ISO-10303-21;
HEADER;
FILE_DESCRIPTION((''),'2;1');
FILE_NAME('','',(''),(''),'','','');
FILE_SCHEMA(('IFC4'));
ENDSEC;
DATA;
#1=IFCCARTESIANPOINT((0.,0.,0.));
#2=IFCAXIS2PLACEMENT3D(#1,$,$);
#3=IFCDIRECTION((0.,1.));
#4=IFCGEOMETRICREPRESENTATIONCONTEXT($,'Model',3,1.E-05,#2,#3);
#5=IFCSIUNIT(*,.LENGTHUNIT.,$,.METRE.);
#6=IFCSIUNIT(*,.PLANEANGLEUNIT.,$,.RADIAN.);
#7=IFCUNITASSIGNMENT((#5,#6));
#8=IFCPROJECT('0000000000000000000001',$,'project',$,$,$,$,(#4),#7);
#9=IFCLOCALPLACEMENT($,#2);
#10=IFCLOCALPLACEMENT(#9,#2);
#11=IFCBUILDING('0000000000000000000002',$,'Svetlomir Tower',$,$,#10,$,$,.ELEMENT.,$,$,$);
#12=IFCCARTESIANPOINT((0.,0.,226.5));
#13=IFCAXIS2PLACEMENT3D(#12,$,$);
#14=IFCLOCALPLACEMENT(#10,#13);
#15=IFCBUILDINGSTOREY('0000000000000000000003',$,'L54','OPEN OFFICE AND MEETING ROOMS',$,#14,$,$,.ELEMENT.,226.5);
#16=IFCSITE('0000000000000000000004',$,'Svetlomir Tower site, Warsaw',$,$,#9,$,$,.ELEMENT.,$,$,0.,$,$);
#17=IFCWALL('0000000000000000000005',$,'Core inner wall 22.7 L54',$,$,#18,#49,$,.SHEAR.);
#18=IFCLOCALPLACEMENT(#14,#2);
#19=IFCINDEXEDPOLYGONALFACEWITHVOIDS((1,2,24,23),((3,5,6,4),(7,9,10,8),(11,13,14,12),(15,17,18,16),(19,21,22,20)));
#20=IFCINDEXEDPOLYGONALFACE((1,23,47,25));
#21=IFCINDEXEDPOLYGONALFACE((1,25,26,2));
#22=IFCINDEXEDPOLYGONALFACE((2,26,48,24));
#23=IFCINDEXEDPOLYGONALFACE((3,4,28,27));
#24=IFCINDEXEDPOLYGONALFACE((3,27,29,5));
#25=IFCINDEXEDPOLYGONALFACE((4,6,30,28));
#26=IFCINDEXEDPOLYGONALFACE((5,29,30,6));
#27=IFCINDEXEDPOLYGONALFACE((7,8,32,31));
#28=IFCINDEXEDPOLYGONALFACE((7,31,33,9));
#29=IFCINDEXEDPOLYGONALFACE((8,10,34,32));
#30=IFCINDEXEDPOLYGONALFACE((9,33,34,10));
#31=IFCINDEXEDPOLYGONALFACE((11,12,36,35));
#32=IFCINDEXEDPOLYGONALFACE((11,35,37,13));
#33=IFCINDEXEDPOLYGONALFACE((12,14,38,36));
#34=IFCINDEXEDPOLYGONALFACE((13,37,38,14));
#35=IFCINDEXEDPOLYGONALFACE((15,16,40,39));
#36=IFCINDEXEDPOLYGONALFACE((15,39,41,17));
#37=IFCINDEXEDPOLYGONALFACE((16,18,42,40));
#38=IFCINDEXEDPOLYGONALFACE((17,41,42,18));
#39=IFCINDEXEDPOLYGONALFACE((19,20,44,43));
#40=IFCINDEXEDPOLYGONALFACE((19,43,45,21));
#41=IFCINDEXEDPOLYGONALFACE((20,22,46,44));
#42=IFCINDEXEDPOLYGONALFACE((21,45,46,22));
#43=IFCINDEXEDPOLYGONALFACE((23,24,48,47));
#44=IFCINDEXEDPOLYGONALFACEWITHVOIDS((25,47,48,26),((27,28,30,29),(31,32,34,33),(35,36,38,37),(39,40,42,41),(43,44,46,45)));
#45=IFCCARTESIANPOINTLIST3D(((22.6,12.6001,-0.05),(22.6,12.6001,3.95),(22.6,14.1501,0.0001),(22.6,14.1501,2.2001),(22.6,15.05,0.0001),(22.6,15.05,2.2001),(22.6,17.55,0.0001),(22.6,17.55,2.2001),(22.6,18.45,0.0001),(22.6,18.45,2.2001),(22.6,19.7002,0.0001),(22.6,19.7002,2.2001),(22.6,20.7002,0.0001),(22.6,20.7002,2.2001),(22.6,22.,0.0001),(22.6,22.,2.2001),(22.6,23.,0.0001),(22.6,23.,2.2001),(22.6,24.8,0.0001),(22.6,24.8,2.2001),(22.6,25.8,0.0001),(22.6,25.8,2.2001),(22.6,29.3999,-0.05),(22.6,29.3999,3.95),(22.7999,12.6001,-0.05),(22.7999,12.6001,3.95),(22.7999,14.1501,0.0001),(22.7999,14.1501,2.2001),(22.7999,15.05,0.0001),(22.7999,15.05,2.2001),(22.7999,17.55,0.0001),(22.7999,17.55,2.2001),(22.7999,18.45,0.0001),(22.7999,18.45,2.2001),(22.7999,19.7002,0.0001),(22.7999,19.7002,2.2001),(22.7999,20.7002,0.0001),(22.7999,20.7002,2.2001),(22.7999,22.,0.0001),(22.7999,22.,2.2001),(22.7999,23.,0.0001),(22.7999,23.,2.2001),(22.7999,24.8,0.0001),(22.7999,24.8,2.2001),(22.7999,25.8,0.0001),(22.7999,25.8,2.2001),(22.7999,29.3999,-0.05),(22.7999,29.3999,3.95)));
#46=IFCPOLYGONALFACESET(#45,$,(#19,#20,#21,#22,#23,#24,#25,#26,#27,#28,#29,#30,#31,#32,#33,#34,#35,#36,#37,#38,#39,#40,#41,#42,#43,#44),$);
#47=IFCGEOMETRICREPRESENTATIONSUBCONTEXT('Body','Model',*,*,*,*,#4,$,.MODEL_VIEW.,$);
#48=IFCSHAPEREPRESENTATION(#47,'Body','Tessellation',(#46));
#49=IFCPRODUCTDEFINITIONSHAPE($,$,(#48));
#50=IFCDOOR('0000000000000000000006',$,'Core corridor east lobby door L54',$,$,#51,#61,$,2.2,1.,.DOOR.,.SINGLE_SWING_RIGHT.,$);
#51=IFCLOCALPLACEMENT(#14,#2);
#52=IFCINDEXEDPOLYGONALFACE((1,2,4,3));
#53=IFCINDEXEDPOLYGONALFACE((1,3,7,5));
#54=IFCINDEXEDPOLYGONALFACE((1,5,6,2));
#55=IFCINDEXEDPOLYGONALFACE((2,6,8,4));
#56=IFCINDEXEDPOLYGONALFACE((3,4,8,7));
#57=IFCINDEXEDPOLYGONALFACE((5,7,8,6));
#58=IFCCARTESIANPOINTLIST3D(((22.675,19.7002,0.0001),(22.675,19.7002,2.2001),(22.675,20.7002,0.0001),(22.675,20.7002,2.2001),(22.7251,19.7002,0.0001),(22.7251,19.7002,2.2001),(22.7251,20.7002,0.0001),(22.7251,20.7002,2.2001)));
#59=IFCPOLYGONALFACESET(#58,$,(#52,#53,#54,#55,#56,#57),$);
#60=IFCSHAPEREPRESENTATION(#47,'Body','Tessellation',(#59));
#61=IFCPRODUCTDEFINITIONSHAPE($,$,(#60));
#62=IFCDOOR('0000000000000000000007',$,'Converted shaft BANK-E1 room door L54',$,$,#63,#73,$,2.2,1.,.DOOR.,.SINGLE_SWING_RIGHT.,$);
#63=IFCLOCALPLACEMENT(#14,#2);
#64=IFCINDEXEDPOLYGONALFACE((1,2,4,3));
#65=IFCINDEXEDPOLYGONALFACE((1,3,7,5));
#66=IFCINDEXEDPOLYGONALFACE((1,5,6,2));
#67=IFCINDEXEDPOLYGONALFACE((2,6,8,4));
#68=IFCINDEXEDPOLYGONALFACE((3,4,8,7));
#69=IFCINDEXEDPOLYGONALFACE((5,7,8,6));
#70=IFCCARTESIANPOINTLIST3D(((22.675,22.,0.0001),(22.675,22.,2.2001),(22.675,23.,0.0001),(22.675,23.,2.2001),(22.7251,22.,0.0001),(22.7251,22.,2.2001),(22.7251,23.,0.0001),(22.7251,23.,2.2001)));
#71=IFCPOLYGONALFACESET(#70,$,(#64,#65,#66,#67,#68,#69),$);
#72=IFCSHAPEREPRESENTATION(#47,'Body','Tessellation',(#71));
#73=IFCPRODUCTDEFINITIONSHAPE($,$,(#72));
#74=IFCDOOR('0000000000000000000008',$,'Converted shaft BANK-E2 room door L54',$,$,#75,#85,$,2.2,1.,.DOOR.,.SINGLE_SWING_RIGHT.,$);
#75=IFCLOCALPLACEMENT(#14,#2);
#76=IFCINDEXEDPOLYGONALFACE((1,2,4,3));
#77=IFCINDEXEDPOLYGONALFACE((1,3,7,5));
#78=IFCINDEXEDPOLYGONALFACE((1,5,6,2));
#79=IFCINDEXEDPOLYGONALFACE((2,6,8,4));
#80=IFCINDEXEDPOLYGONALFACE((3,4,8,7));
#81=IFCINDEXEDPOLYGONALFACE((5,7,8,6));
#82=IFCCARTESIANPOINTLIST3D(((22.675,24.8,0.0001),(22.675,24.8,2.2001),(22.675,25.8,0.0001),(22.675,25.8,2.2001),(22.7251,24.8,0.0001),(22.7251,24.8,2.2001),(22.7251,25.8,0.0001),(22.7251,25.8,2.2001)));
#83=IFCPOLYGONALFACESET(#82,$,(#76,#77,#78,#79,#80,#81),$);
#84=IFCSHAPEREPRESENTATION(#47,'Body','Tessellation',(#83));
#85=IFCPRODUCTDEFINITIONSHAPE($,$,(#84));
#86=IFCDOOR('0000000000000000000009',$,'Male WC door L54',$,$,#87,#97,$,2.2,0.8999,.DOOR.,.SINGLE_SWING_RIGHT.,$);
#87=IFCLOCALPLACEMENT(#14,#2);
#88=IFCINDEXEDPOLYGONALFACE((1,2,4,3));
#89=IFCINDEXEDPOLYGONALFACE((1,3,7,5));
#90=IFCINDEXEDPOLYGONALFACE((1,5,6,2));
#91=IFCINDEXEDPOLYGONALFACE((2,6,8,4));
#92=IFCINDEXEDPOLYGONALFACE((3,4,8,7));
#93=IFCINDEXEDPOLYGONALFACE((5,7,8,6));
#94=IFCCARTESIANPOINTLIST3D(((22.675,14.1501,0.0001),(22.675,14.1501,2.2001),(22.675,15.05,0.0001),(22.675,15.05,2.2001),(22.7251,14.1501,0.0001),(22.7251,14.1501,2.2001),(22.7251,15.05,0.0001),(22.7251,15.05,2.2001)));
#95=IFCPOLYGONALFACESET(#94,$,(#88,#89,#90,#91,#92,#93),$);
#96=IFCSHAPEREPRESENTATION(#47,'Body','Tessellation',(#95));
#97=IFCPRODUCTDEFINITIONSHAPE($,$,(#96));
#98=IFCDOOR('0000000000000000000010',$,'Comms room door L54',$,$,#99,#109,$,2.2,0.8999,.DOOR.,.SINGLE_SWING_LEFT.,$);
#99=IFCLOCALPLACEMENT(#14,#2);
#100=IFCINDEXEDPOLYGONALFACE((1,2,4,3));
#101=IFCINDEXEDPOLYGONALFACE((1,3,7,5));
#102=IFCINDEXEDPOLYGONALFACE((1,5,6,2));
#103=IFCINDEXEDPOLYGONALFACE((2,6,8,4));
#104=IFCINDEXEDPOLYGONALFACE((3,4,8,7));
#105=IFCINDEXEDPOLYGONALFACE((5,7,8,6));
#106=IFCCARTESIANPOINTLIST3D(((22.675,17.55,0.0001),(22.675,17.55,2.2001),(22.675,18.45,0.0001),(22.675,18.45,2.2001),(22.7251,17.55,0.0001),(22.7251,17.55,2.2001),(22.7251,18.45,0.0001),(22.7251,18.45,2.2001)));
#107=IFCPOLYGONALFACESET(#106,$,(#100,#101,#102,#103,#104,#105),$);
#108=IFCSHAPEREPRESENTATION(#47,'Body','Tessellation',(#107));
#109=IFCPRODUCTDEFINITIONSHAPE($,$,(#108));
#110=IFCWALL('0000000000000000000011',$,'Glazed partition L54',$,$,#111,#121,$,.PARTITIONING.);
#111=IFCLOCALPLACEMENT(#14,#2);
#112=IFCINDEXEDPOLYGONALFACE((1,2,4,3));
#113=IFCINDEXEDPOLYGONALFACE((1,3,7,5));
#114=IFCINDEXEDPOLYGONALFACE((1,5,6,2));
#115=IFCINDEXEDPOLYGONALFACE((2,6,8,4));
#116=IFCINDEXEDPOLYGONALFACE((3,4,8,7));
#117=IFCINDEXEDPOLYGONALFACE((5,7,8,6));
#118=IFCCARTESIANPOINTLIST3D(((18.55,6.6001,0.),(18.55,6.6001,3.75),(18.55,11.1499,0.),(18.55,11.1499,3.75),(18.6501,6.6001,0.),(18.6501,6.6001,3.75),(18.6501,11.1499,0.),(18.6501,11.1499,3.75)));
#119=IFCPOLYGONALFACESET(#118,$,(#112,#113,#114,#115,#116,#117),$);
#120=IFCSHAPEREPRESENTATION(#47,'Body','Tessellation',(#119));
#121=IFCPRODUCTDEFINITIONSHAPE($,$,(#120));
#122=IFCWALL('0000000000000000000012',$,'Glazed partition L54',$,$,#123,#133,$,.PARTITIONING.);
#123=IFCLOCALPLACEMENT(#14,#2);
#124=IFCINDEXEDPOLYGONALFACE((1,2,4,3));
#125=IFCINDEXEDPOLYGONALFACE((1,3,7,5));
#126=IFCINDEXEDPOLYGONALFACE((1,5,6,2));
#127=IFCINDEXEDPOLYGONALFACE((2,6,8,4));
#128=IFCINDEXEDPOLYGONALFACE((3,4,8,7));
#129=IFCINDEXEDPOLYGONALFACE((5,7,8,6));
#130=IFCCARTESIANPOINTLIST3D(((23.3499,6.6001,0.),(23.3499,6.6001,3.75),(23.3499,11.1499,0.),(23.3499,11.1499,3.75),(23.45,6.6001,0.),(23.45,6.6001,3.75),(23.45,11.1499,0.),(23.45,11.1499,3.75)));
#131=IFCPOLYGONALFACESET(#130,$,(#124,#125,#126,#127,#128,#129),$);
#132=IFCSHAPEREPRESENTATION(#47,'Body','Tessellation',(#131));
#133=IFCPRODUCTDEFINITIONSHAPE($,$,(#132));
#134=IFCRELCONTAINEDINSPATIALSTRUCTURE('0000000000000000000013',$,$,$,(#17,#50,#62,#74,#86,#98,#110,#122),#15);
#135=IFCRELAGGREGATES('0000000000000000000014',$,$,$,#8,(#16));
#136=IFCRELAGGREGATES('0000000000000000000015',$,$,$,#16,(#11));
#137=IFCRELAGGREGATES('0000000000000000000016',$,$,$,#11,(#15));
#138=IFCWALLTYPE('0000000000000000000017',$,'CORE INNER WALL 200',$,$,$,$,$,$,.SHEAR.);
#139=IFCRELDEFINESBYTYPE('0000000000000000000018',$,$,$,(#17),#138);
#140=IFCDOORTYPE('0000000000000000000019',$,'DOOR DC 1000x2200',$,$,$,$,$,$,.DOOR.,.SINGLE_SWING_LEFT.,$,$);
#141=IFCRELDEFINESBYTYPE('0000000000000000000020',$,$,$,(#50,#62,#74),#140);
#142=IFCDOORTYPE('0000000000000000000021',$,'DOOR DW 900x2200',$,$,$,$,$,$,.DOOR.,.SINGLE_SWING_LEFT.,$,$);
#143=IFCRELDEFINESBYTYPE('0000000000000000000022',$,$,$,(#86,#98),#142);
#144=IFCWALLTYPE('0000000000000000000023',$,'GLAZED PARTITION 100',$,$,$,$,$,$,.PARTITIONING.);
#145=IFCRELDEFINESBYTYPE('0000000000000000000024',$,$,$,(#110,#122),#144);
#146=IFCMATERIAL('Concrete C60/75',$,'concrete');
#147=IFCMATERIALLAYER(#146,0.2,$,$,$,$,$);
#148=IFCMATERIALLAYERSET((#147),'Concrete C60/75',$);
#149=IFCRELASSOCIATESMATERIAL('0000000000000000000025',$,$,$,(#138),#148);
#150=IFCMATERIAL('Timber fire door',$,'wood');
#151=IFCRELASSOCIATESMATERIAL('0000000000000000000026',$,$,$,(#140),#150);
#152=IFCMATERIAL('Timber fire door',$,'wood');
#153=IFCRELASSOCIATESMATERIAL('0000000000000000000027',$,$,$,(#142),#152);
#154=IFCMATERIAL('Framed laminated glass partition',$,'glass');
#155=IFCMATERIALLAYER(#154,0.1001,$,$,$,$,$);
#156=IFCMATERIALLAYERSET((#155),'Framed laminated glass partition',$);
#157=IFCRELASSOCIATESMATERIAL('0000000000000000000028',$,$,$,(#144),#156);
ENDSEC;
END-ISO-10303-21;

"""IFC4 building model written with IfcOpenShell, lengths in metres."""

from ifc_helpers import new_model, si_unit, direction, frame, frame_2d, origin, place, context, subcontext, project, spatial, rectangle, extrude, material, layer, layer_set, type_object, element, fill, save


model = new_model("IFC4")

# Units and contexts
model_context = context("Model", 3, precision=1e-05, world=origin(), true_north=direction((0.0, 1.0)))
body_context = subcontext(model_context, "Body", "Model", "MODEL_VIEW")
ifc_project = project(units=[si_unit("LENGTHUNIT", "METRE"), si_unit("PLANEANGLEUNIT", "RADIAN")], contexts=[model_context])

# Site, building, storey
site_placement = place(None, origin())
site = spatial("IfcSite", under=ifc_project, at=site_placement, Name="Svetlomir Tower site, Warsaw", CompositionType="ELEMENT", RefElevation=0.0)
building_placement = place(site_placement, origin())
building = spatial("IfcBuilding", under=site, at=building_placement, Name="Svetlomir Tower", CompositionType="ELEMENT")
storey_placement = place(building_placement, frame((0.0, 0.0, 226.5)))
storey = spatial("IfcBuildingStorey", under=building, at=storey_placement, Name="L54", Description="OPEN OFFICE AND MEETING ROOMS", CompositionType="ELEMENT", Elevation=226.5)

# Wall, openings, doors
ifc_material_1 = material(Name="Concrete C60/75", Category="concrete")
ifc_layer_1 = layer(ifc_material_1, 0.2)
ifc_layer_set_1 = layer_set([ifc_layer_1], Name="Concrete C60/75")
wall_type_1 = type_object("IfcWallType", Name="CORE INNER WALL 200", PredefinedType="SHEAR", material=ifc_layer_set_1)
ifc_material_2 = material(Name="Timber fire door", Category="wood")
door_type_1 = type_object("IfcDoorType", Name="DOOR DC 1000x2200", OperationType="SINGLE_SWING_LEFT", PredefinedType="DOOR", material=ifc_material_2)
ifc_material_3 = material(Name="Timber fire door", Category="wood")
door_type_2 = type_object("IfcDoorType", Name="DOOR DW 900x2200", OperationType="SINGLE_SWING_LEFT", PredefinedType="DOOR", material=ifc_material_3)
wall_1_placement = place(storey_placement, frame((22.7, 12.6001, -0.05), z_axis=(0.0, 0.0, 1.0), x_axis=(0.0, 1.0, 0.0)))
wall_1 = element("IfcWall", 1, at=wall_1_placement, inside=storey, type_object=wall_type_1, Name="Core inner wall 22.7 L54", PredefinedType="SHEAR", context=body_context, shape_type="SweptSolid", body=[
    extrude(rectangle(XDim=16.7998, YDim=0.2, at=frame_2d((8.3999, 0.0))), origin(), (0.0, 0.0, 1.0), 4.0),
])
opening_1_placement = place(wall_1_placement, frame((7.1001, 0.0, 0.05)))
opening_1 = element("IfcOpeningElement", 2, at=opening_1_placement, cuts=wall_1, PredefinedType="OPENING", context=body_context, shape_type="SweptSolid", body=[
    extrude(rectangle(XDim=1.0, YDim=2.2, at=frame_2d((0.5, 1.1001))), frame((0.0, 0.1099, 0.0), z_axis=(0.0, -1.0, 0.0), x_axis=(1.0, 0.0, 0.0)), (0.0, 0.0, 1.0), 0.22),
])
opening_2_placement = place(wall_1_placement, frame((1.55, 0.0, 0.05)))
opening_2 = element("IfcOpeningElement", 3, at=opening_2_placement, cuts=wall_1, PredefinedType="OPENING", context=body_context, shape_type="SweptSolid", body=[
    extrude(rectangle(XDim=0.8999, YDim=2.2, at=frame_2d((0.45, 1.1001))), frame((0.0, 0.1099, 0.0), z_axis=(0.0, -1.0, 0.0), x_axis=(1.0, 0.0, 0.0)), (0.0, 0.0, 1.0), 0.22),
])
opening_3_placement = place(wall_1_placement, frame((4.95, 0.0, 0.05)))
opening_3 = element("IfcOpeningElement", 4, at=opening_3_placement, cuts=wall_1, PredefinedType="OPENING", context=body_context, shape_type="SweptSolid", body=[
    extrude(rectangle(XDim=0.8999, YDim=2.2, at=frame_2d((0.45, 1.1001))), frame((0.0, 0.1099, 0.0), z_axis=(0.0, -1.0, 0.0), x_axis=(1.0, 0.0, 0.0)), (0.0, 0.0, 1.0), 0.22),
])
opening_4_placement = place(wall_1_placement, frame((9.3999, 0.0, 0.05)))
opening_4 = element("IfcOpeningElement", 5, at=opening_4_placement, cuts=wall_1, PredefinedType="OPENING", context=body_context, shape_type="SweptSolid", body=[
    extrude(rectangle(XDim=1.0, YDim=2.2, at=frame_2d((0.5, 1.1001))), frame((0.0, 0.1099, 0.0), z_axis=(0.0, -1.0, 0.0), x_axis=(1.0, 0.0, 0.0)), (0.0, 0.0, 1.0), 0.22),
])
opening_5_placement = place(wall_1_placement, frame((12.2, 0.0, 0.05)))
opening_5 = element("IfcOpeningElement", 6, at=opening_5_placement, cuts=wall_1, PredefinedType="OPENING", context=body_context, shape_type="SweptSolid", body=[
    extrude(rectangle(XDim=1.0, YDim=2.2, at=frame_2d((0.5, 1.1001))), frame((0.0, 0.1099, 0.0), z_axis=(0.0, -1.0, 0.0), x_axis=(1.0, 0.0, 0.0)), (0.0, 0.0, 1.0), 0.22),
])
door_1_placement = place(opening_1_placement, origin())
door_1 = element("IfcDoor", 7, at=door_1_placement, inside=storey, type_object=door_type_1, Name="Core corridor east lobby door L54", OperationType="SINGLE_SWING_RIGHT", OverallHeight=2.2, OverallWidth=1.0, PredefinedType="DOOR", context=body_context, shape_type="SweptSolid", body=[
    extrude(rectangle(XDim=1.0, YDim=2.2, at=frame_2d((0.5, 1.1001))), frame((0.0, 0.0249, 0.0), z_axis=(0.0, -1.0, 0.0), x_axis=(1.0, 0.0, 0.0)), (0.0, 0.0, 1.0), 0.05),
])
fill(opening_1, door_1)
door_2_placement = place(opening_4_placement, origin())
door_2 = element("IfcDoor", 8, at=door_2_placement, inside=storey, type_object=door_type_1, Name="Converted shaft BANK-E1 room door L54", OperationType="SINGLE_SWING_RIGHT", OverallHeight=2.2, OverallWidth=1.0, PredefinedType="DOOR", context=body_context, shape_type="SweptSolid", body=[
    extrude(rectangle(XDim=1.0, YDim=2.2, at=frame_2d((0.5, 1.1001))), frame((0.0, 0.0249, 0.0), z_axis=(0.0, -1.0, 0.0), x_axis=(1.0, 0.0, 0.0)), (0.0, 0.0, 1.0), 0.05),
])
fill(opening_4, door_2)
door_3_placement = place(opening_5_placement, origin())
door_3 = element("IfcDoor", 9, at=door_3_placement, inside=storey, type_object=door_type_1, Name="Converted shaft BANK-E2 room door L54", OperationType="SINGLE_SWING_RIGHT", OverallHeight=2.2, OverallWidth=1.0, PredefinedType="DOOR", context=body_context, shape_type="SweptSolid", body=[
    extrude(rectangle(XDim=1.0, YDim=2.2, at=frame_2d((0.5, 1.1001))), frame((0.0, 0.0249, 0.0), z_axis=(0.0, -1.0, 0.0), x_axis=(1.0, 0.0, 0.0)), (0.0, 0.0, 1.0), 0.05),
])
fill(opening_5, door_3)
door_4_placement = place(opening_2_placement, origin())
door_4 = element("IfcDoor", 10, at=door_4_placement, inside=storey, type_object=door_type_2, Name="Male WC door L54", OperationType="SINGLE_SWING_RIGHT", OverallHeight=2.2, OverallWidth=0.8999, PredefinedType="DOOR", context=body_context, shape_type="SweptSolid", body=[
    extrude(rectangle(XDim=0.8999, YDim=2.2, at=frame_2d((0.45, 1.1001))), frame((0.0, 0.0249, 0.0), z_axis=(0.0, -1.0, 0.0), x_axis=(1.0, 0.0, 0.0)), (0.0, 0.0, 1.0), 0.05),
])
fill(opening_2, door_4)
door_5_placement = place(opening_3_placement, origin())
door_5 = element("IfcDoor", 11, at=door_5_placement, inside=storey, type_object=door_type_2, Name="Comms room door L54", OperationType="SINGLE_SWING_LEFT", OverallHeight=2.2, OverallWidth=0.8999, PredefinedType="DOOR", context=body_context, shape_type="SweptSolid", body=[
    extrude(rectangle(XDim=0.8999, YDim=2.2, at=frame_2d((0.45, 1.1001))), frame((0.0, 0.0249, 0.0), z_axis=(0.0, -1.0, 0.0), x_axis=(1.0, 0.0, 0.0)), (0.0, 0.0, 1.0), 0.05),
])
fill(opening_3, door_5)

# Walls
ifc_material_4 = material(Name="Framed laminated glass partition", Category="glass")
ifc_layer_2 = layer(ifc_material_4, 0.1001)
ifc_layer_set_2 = layer_set([ifc_layer_2], Name="Framed laminated glass partition")
wall_type_2 = type_object("IfcWallType", Name="GLAZED PARTITION 100", PredefinedType="PARTITIONING", material=ifc_layer_set_2)
for number, where, z_axis, x_axis, name in (
    (12, (18.6001, 6.6001, 0.0), (0.0, 0.0, 1.0), (0.0, 1.0, 0.0), "Glazed partition L54"),
    (13, (23.3999, 6.6001, 0.0), (0.0, 0.0, 1.0), (0.0, 1.0, 0.0), "Glazed partition L54"),
):
    element("IfcWall", number, at=place(storey_placement, frame(where, z_axis=z_axis, x_axis=x_axis)), inside=storey, type_object=wall_type_2, Name=name, PredefinedType="PARTITIONING", context=body_context, shape_type="SweptSolid", body=[
        extrude(rectangle(XDim=4.5498, YDim=0.1001, at=frame_2d((2.2749, 0.0))), origin(), (0.0, 0.0, 1.0), 3.75),
    ])

save(model, "model.ifc")
